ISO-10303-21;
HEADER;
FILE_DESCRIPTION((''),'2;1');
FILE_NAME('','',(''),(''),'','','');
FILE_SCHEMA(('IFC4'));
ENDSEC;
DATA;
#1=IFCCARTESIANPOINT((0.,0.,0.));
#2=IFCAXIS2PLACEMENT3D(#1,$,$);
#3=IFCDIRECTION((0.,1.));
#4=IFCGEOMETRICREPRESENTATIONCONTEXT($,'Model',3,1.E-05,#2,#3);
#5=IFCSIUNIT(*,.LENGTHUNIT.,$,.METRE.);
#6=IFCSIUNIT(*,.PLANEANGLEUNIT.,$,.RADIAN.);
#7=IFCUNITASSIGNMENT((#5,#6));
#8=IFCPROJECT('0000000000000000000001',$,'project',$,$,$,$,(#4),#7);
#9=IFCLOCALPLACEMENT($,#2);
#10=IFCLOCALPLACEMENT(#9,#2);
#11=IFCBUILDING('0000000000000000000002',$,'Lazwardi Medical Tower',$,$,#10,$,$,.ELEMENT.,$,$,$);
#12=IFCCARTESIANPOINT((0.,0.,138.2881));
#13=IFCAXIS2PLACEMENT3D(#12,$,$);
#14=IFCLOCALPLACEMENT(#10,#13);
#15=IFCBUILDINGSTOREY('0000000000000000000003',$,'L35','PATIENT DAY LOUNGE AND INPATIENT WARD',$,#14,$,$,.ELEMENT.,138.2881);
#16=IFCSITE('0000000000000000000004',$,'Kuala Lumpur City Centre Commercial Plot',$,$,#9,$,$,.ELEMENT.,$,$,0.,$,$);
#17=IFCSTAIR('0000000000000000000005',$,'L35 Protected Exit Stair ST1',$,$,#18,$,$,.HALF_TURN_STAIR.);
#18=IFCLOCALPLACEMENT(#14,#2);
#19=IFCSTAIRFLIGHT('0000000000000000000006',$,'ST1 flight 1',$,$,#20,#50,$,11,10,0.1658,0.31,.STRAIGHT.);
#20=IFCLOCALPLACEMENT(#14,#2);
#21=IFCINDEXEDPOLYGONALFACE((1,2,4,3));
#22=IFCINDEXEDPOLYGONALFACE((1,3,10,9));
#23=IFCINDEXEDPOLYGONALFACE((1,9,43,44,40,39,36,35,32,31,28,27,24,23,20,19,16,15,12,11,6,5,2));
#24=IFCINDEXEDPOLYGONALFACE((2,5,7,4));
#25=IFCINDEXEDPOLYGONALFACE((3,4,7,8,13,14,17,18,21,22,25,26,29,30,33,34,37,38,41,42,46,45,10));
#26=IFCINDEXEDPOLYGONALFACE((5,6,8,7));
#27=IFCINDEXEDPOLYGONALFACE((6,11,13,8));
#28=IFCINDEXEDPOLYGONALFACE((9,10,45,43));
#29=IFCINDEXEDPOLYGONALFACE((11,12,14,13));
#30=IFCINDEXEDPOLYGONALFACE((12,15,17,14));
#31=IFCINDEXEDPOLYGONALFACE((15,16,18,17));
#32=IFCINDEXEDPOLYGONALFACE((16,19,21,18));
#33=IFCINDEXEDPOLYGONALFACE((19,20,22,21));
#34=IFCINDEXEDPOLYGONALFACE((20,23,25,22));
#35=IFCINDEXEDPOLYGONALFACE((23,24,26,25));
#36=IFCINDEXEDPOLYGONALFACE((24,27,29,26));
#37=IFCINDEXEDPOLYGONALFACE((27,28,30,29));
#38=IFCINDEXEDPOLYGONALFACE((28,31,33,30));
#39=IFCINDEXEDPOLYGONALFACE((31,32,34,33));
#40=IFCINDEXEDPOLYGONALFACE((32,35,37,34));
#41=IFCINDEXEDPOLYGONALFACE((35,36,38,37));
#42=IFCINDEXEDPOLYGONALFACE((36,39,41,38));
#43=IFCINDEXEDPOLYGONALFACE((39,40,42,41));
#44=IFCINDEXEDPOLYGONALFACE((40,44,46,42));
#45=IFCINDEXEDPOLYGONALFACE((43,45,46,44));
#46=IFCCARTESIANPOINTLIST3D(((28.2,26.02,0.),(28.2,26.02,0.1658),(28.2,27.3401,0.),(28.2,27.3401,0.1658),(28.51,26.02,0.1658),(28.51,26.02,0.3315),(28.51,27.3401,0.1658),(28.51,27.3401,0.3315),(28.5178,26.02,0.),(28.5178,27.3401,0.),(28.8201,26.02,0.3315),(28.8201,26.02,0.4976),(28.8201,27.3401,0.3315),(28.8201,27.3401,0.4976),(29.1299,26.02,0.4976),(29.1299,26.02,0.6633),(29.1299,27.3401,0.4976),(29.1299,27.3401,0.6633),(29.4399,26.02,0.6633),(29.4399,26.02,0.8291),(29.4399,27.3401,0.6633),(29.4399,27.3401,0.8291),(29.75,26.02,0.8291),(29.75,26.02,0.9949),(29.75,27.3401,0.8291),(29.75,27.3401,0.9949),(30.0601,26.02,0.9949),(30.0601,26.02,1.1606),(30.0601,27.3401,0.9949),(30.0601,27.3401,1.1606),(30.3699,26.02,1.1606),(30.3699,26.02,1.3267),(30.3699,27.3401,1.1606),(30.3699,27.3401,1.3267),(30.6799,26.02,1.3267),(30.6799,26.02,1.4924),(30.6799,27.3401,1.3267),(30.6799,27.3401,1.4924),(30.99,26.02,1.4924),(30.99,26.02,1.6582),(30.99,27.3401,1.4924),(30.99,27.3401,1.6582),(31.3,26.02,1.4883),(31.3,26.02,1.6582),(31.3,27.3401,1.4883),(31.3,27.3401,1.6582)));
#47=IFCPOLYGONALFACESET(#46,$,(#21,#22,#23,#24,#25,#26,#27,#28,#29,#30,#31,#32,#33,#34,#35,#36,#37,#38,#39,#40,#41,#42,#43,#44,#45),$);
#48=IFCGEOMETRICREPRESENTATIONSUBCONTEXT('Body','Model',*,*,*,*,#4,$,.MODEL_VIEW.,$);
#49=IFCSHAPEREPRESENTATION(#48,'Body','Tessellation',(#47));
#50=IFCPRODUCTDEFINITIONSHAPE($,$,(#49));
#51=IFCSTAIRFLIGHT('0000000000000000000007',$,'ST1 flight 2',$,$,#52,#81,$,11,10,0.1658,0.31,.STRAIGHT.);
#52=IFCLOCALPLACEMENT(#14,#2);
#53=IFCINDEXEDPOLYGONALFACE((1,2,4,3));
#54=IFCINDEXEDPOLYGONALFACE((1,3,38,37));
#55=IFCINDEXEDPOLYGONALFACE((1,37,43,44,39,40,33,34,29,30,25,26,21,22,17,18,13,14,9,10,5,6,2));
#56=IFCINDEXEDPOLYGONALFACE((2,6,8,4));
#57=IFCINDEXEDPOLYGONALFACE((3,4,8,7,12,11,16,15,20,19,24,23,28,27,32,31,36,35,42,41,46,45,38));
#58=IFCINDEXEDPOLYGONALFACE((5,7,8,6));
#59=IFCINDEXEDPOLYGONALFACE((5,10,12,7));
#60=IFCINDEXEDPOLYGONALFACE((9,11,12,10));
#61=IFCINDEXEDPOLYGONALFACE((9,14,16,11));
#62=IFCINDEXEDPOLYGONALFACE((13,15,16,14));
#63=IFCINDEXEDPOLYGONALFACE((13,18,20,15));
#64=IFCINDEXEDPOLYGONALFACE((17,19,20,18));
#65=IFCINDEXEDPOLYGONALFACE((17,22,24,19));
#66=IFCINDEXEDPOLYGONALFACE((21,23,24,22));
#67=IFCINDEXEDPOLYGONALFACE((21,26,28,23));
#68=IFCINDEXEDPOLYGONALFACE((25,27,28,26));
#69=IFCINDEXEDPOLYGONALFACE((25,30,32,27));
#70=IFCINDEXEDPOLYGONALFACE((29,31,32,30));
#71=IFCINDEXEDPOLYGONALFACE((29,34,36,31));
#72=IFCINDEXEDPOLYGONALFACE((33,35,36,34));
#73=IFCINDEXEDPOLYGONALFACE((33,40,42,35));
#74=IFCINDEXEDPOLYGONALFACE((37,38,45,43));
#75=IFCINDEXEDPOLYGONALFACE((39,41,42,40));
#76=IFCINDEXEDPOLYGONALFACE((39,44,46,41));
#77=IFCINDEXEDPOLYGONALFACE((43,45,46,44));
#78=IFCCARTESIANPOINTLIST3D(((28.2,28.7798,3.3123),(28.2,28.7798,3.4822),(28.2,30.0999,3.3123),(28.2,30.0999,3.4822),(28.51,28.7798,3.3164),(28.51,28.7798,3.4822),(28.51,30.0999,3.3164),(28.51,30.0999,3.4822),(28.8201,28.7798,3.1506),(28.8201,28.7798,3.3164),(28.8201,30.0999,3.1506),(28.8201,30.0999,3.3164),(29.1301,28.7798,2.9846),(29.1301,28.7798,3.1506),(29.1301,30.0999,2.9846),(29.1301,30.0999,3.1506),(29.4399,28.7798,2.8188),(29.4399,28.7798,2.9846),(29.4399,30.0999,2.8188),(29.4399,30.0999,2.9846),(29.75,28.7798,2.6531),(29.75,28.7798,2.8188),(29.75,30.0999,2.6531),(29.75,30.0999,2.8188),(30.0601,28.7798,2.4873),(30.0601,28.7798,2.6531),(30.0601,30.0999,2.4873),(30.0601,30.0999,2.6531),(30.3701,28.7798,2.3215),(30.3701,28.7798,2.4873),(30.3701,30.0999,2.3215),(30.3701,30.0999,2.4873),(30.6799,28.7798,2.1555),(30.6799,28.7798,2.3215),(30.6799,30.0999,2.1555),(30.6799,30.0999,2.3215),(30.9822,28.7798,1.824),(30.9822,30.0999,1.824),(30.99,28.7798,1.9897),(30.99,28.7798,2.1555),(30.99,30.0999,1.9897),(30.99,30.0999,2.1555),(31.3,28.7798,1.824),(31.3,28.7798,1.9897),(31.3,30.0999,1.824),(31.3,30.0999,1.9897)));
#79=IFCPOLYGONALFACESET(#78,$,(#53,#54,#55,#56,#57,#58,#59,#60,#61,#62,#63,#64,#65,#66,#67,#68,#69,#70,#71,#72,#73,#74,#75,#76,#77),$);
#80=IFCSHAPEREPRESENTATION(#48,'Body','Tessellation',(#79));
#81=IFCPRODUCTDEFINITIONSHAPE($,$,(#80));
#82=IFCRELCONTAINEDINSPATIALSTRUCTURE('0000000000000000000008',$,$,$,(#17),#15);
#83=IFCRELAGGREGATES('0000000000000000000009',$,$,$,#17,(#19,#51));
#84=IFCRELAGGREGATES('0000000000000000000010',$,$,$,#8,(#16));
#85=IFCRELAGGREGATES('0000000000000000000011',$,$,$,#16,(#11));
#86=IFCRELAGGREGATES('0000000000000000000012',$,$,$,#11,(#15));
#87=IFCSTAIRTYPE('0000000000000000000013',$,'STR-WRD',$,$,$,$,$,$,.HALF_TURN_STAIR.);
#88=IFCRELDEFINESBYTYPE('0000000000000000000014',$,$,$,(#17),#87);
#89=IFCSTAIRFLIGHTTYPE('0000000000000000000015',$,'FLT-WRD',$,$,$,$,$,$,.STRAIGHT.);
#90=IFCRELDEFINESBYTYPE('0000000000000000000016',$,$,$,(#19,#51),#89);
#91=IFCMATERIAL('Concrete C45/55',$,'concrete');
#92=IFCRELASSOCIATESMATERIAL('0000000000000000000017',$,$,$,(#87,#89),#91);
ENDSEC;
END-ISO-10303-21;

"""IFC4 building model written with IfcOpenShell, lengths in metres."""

from ifc_helpers import new_model, si_unit, direction, frame, origin, place, context, subcontext, project, spatial, polyline, outline, extrude, material, type_object, element, aggregate, save


model = new_model("IFC4")

# Units and contexts
model_context = context("Model", 3, precision=1e-05, world=origin(), true_north=direction((0.0, 1.0)))
body_context = subcontext(model_context, "Body", "Model", "MODEL_VIEW")
ifc_project = project(units=[si_unit("LENGTHUNIT", "METRE"), si_unit("PLANEANGLEUNIT", "RADIAN")], contexts=[model_context])

# Site, building, storey
site_placement = place(None, origin())
site = spatial("IfcSite", under=ifc_project, at=site_placement, Name="Kuala Lumpur City Centre Commercial Plot", CompositionType="ELEMENT", RefElevation=0.0)
building_placement = place(site_placement, origin())
building = spatial("IfcBuilding", under=site, at=building_placement, Name="Lazwardi Medical Tower", CompositionType="ELEMENT")
storey_placement = place(building_placement, frame((0.0, 0.0, 138.2881)))
storey = spatial("IfcBuildingStorey", under=building, at=storey_placement, Name="L35", Description="PATIENT DAY LOUNGE AND INPATIENT WARD", CompositionType="ELEMENT", Elevation=138.2881)

# Stair, stair flights
ifc_material_1 = material(Name="Concrete C45/55", Category="concrete")
stair_type = type_object("IfcStairType", Name="STR-WRD", PredefinedType="HALF_TURN_STAIR", material=ifc_material_1)
stair_placement = place(storey_placement, origin())
stair = element("IfcStair", 1, at=stair_placement, inside=storey, type_object=stair_type, Name="L35 Protected Exit Stair ST1", PredefinedType="HALF_TURN_STAIR")
stair_flight_type = type_object("IfcStairFlightType", Name="FLT-WRD", PredefinedType="STRAIGHT", material=ifc_material_1)
stair_flight_1_placement = place(storey_placement, frame((28.2, 26.6799, 0.0), z_axis=(0.0, 0.0, 1.0), x_axis=(1.0, 0.0, 0.0)))
stair_flight_1 = element("IfcStairFlight", 2, at=stair_flight_1_placement, type_object=stair_flight_type, Name="ST1 flight 1", NumberOfRisers=11, NumberOfTreads=10, PredefinedType="STRAIGHT", RiserHeight=0.1658, TreadLength=0.31, context=body_context, shape_type="SweptSolid", body=[
    extrude(outline(polyline([(0.0, 0.0), (0.0, 0.1658), (0.3101, 0.1658), (0.3101, 0.3315), (0.6201, 0.3315), (0.6201, 0.4976), (0.9299, 0.4976), (0.9299, 0.6633), (1.24, 0.6633), (1.24, 0.8291), (1.55, 0.8291), (1.55, 0.9949), (1.8601, 0.9949), (1.8601, 1.1606), (2.1699, 1.1606), (2.1699, 1.3267), (2.48, 1.3267), (2.48, 1.4924), (2.79, 1.4924), (2.79, 1.6582), (3.1001, 1.6582), (3.1001, 1.824), (3.1001, 1.4883), (0.3179, 0.0), (0.0, 0.0)])), frame((0.0, 0.6602, 0.0), z_axis=(0.0, -1.0, 0.0), x_axis=(1.0, 0.0, 0.0)), (0.0, 0.0, 1.0), 1.3201),
])
stair_flight_2_placement = place(storey_placement, frame((31.3, 29.4399, 1.824), z_axis=(0.0, 0.0, 1.0), x_axis=(-1.0, 0.0, 0.0)))
stair_flight_2 = element("IfcStairFlight", 3, at=stair_flight_2_placement, type_object=stair_flight_type, Name="ST1 flight 2", NumberOfRisers=11, NumberOfTreads=10, PredefinedType="STRAIGHT", RiserHeight=0.1658, TreadLength=0.31, context=body_context, shape_type="SweptSolid", body=[
    extrude(outline(polyline([(0.0, 0.0), (0.0, 0.1658), (0.3101, 0.1658), (0.3101, 0.3315), (0.6201, 0.3315), (0.6201, 0.4976), (0.9299, 0.4976), (0.9299, 0.6633), (1.24, 0.6633), (1.24, 0.8291), (1.55, 0.8291), (1.55, 0.9949), (1.8601, 0.9949), (1.8601, 1.1606), (2.1699, 1.1606), (2.1699, 1.3267), (2.48, 1.3267), (2.48, 1.4924), (2.79, 1.4924), (2.79, 1.6582), (3.1001, 1.6582), (3.1001, 1.824), (3.1001, 1.4883), (0.3179, 0.0), (0.0, 0.0)])), frame((0.0, 0.6602, 0.0), z_axis=(0.0, -1.0, 0.0), x_axis=(1.0, 0.0, 0.0)), (0.0, 0.0, 1.0), 1.3201),
])
aggregate(stair, [stair_flight_1, stair_flight_2])

save(model, "model.ifc")
